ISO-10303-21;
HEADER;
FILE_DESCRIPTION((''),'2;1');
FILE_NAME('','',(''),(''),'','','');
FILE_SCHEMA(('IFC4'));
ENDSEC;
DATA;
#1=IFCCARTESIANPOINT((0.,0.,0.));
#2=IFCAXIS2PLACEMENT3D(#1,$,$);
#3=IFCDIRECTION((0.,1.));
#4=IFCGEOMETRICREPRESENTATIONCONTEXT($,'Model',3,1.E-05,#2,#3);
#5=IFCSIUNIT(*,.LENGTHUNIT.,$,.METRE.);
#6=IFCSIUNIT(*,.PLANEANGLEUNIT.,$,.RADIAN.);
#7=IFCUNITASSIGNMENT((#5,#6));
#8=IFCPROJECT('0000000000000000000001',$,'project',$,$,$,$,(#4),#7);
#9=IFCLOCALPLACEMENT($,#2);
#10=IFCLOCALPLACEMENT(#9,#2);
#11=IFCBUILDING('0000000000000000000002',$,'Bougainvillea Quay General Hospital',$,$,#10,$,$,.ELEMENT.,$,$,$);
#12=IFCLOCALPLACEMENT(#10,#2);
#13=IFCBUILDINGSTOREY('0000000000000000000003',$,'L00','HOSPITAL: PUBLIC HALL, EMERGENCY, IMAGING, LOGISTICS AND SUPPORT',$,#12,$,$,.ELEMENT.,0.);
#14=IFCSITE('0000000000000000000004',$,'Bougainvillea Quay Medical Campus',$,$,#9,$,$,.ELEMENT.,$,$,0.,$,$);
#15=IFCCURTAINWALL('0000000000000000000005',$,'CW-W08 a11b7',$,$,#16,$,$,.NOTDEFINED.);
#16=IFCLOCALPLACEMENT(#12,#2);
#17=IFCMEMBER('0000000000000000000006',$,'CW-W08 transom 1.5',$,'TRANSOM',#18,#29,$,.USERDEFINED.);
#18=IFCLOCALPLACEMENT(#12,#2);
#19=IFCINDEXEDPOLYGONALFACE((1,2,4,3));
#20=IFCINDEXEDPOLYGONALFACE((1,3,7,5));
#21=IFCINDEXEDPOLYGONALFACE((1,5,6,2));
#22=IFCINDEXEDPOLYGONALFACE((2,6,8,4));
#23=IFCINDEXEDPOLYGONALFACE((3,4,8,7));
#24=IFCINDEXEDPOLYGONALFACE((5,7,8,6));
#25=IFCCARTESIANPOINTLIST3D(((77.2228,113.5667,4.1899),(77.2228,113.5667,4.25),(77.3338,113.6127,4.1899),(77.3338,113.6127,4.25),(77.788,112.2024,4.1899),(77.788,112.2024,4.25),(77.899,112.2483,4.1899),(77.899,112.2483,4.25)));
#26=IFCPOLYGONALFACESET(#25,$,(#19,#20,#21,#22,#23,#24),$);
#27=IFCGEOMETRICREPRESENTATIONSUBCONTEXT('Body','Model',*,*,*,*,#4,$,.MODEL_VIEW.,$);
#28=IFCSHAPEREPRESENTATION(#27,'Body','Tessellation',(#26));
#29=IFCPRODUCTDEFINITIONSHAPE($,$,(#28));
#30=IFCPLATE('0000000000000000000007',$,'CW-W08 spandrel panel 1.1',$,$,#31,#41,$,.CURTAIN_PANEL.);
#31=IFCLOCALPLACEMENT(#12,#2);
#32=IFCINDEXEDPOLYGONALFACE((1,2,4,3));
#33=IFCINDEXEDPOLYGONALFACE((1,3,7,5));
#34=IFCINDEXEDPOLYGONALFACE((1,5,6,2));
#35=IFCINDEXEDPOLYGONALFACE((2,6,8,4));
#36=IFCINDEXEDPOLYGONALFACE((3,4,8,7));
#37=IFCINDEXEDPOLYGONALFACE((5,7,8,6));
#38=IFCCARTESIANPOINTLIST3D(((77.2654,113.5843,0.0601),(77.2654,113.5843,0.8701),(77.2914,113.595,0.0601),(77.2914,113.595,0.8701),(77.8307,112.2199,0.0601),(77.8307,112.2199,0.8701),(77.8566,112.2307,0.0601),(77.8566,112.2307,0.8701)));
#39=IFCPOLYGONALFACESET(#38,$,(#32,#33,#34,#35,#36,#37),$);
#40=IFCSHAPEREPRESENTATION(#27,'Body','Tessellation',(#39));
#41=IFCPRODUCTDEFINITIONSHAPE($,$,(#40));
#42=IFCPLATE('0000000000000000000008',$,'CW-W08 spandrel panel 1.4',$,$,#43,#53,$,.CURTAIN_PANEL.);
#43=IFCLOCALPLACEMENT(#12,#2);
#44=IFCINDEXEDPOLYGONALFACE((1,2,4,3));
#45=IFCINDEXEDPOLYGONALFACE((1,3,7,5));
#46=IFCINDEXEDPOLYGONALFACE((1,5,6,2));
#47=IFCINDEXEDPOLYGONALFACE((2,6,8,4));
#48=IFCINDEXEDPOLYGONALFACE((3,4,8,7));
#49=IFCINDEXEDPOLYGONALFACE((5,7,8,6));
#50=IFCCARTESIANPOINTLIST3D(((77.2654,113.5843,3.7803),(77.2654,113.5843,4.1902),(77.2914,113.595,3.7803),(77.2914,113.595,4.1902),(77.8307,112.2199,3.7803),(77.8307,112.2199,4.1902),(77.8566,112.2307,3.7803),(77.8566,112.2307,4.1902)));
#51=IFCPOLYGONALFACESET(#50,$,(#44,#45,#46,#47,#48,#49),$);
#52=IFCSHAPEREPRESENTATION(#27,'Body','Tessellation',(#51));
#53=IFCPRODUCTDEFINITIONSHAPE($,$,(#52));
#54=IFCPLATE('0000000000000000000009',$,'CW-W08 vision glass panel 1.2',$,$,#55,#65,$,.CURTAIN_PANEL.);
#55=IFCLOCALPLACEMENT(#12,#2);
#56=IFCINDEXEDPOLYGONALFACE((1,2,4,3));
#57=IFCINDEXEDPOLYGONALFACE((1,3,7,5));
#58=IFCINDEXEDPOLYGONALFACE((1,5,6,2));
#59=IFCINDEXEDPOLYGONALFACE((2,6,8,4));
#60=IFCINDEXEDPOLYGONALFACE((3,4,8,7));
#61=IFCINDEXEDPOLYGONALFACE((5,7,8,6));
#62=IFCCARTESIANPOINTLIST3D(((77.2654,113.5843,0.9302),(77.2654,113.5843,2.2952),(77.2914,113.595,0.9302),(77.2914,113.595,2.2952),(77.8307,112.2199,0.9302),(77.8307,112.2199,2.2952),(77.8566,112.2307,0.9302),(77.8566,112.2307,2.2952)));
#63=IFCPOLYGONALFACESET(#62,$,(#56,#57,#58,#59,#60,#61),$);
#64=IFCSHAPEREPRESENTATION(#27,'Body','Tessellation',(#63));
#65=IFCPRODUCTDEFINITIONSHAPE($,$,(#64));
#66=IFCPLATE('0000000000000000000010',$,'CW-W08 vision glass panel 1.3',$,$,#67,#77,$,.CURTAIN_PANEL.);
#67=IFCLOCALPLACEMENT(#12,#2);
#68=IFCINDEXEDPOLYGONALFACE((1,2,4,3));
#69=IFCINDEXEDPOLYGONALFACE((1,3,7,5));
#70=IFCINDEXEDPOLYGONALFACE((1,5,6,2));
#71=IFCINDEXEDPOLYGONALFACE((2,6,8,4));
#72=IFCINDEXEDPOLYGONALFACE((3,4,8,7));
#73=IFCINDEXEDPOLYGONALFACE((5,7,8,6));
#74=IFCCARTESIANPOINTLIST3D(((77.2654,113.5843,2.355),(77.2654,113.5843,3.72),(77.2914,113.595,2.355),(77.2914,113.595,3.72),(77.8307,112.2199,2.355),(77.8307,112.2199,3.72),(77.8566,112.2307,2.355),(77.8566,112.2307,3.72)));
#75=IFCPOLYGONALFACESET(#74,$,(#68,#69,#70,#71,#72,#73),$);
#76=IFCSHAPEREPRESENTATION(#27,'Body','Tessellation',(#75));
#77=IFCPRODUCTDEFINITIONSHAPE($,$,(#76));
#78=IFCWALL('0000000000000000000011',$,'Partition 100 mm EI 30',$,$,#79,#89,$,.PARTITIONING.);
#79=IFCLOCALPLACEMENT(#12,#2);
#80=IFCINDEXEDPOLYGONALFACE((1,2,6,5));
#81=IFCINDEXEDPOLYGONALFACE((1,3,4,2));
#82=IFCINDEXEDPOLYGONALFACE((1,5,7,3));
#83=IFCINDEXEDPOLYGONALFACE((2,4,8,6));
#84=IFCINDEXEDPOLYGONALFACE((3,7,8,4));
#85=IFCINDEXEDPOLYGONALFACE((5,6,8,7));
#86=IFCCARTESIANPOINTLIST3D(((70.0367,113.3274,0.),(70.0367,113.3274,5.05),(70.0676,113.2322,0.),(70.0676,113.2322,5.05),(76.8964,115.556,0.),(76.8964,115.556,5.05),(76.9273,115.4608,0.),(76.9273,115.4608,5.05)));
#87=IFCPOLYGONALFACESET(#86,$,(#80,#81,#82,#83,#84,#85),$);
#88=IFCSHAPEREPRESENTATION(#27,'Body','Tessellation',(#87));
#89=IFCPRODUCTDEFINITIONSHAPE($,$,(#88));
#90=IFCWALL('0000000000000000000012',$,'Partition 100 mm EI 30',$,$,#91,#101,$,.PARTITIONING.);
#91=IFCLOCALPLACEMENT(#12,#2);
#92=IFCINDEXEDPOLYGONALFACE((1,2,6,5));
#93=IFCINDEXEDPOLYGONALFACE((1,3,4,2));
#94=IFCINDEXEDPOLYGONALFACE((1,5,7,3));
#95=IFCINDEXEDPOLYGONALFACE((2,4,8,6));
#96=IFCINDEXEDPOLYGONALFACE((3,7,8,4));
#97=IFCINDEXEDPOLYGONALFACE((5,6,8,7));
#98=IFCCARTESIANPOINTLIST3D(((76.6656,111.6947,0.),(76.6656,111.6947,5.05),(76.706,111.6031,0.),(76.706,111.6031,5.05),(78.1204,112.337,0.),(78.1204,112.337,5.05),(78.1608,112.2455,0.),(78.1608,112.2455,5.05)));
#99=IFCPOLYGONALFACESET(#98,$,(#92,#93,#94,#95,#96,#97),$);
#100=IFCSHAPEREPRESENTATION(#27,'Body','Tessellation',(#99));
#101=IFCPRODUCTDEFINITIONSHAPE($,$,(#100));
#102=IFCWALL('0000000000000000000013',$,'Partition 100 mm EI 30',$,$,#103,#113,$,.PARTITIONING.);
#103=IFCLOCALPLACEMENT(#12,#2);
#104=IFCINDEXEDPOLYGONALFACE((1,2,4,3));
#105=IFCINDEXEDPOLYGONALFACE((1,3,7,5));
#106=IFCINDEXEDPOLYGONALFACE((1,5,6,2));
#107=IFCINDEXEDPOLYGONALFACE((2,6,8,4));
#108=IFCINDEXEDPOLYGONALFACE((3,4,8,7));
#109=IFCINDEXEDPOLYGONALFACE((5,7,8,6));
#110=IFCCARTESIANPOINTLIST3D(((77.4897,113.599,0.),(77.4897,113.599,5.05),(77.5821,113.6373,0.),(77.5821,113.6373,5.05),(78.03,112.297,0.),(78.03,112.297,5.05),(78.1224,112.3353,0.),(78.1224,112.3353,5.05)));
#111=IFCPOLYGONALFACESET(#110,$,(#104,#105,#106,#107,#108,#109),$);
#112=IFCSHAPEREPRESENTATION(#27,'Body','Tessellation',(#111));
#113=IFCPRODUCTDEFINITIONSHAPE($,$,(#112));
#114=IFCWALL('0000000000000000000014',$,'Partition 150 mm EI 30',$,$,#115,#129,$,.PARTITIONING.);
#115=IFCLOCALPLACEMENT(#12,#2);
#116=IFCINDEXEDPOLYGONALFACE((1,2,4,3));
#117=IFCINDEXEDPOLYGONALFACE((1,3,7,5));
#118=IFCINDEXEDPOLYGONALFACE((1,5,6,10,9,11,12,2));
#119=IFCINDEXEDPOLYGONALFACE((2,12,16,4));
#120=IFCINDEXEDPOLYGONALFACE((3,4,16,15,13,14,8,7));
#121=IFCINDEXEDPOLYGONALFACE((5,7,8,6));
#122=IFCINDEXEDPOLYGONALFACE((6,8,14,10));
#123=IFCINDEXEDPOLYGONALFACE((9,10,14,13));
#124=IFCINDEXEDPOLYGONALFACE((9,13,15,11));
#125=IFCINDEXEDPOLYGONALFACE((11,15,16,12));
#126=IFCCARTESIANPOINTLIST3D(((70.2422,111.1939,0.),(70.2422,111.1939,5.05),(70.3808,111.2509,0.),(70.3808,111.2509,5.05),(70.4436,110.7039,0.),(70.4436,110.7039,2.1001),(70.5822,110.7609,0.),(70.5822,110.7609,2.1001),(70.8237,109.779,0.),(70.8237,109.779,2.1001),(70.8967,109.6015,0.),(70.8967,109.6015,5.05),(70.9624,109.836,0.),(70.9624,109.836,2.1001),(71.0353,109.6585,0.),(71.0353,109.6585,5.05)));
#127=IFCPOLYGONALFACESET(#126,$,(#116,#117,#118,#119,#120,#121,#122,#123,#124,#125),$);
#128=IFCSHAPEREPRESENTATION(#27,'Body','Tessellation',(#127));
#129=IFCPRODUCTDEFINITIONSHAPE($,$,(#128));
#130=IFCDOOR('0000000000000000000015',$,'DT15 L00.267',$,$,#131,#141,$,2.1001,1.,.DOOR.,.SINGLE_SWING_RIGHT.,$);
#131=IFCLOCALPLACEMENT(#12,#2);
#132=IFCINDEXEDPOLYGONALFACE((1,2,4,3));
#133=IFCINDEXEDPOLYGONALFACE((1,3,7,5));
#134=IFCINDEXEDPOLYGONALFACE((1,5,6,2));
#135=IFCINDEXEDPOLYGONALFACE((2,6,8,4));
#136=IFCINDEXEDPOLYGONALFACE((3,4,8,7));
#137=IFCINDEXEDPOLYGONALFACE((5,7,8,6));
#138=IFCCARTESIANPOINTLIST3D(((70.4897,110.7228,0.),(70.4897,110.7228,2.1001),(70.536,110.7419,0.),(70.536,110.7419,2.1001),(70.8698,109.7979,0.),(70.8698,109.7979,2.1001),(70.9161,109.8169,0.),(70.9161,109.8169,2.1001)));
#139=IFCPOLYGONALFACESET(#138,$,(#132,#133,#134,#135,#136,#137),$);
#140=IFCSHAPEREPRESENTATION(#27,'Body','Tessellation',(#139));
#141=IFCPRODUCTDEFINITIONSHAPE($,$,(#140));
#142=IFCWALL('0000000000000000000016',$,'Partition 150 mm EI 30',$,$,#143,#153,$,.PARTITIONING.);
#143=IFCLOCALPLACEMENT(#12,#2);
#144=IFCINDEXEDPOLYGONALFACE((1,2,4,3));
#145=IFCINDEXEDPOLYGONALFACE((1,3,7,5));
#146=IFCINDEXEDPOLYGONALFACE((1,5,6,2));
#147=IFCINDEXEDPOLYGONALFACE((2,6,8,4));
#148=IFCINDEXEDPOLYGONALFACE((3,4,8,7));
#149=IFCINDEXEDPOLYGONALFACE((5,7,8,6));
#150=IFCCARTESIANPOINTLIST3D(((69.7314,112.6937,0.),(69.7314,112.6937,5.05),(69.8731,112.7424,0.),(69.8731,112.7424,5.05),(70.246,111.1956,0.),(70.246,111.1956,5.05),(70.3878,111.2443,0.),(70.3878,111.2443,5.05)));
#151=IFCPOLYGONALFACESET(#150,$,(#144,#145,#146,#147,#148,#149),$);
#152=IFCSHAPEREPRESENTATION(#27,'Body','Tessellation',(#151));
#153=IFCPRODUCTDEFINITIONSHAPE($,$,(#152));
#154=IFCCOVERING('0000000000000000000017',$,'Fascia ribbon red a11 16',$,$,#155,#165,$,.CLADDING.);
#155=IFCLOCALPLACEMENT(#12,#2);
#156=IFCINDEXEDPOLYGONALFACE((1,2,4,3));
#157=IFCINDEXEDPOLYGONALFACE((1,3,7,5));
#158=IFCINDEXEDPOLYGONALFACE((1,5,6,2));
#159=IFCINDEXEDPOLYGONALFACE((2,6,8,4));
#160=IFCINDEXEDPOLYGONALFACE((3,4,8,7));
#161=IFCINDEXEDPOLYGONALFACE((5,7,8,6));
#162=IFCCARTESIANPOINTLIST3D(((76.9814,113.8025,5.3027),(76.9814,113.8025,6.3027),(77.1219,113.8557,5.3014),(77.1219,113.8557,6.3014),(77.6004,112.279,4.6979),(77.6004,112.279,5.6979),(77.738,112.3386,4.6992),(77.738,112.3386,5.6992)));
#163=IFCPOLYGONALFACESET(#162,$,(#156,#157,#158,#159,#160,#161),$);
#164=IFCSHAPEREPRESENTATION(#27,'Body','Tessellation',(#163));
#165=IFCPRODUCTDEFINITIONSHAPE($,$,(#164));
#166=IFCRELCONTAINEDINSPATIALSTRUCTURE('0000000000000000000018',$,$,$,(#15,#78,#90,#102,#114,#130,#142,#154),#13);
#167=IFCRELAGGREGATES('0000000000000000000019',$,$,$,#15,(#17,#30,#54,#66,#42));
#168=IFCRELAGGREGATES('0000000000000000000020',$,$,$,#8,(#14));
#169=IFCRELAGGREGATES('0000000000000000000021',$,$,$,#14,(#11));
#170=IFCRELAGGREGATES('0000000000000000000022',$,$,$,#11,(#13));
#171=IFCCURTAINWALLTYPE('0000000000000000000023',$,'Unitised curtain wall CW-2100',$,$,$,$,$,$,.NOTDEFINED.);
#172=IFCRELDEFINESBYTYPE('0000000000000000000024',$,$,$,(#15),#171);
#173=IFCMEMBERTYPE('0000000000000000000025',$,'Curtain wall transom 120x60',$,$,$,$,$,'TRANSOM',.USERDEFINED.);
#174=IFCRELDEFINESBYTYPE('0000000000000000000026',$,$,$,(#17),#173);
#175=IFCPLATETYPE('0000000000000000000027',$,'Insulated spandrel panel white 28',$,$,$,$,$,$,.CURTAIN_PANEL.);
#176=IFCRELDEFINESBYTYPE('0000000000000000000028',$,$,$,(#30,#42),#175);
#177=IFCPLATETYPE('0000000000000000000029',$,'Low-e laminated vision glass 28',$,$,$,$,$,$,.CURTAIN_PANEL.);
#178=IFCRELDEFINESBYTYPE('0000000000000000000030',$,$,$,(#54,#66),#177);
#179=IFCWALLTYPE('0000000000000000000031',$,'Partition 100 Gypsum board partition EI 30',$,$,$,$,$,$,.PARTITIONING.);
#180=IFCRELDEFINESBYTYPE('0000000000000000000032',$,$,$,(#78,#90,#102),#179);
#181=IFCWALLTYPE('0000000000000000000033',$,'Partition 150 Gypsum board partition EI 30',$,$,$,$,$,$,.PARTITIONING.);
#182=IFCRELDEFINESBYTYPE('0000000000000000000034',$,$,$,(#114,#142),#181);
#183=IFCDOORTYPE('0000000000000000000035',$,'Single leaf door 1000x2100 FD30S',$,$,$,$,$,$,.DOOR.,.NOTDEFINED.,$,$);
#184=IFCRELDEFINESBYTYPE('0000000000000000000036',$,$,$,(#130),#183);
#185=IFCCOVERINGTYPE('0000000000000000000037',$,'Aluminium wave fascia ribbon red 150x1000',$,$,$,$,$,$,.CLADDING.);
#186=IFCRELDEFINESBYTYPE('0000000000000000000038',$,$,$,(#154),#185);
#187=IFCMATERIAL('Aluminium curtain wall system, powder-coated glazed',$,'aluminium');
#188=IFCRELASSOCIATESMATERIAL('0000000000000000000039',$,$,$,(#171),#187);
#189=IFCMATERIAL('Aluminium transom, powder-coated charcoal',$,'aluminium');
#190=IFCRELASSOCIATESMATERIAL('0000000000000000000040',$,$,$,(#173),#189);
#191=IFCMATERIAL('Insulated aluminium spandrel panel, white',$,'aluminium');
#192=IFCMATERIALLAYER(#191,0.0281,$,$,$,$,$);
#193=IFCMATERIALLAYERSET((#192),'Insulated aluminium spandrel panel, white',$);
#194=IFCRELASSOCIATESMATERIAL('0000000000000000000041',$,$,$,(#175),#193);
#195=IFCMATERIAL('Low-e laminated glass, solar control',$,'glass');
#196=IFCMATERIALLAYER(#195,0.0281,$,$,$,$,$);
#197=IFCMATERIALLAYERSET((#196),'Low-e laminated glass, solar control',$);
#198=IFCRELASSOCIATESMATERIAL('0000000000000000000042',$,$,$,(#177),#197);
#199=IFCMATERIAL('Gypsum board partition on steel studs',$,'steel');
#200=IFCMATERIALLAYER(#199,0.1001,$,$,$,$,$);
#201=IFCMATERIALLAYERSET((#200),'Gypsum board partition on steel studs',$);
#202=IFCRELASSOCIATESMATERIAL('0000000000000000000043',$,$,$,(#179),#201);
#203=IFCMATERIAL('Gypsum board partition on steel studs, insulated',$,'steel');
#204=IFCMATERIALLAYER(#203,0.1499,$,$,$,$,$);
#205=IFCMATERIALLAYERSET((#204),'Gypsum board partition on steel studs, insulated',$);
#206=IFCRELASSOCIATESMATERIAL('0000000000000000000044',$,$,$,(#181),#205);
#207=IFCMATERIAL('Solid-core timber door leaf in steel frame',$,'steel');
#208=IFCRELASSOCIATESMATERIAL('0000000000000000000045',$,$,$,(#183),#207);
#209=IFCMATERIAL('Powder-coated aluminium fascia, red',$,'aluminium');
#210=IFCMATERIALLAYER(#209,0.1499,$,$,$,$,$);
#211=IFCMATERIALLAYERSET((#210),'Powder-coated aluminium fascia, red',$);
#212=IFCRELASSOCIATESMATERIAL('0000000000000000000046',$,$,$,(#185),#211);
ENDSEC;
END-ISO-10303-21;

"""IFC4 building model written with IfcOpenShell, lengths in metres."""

from ifc_helpers import new_model, si_unit, direction, frame, frame_2d, origin, origin_2d, place, context, subcontext, project, spatial, polyline, rectangle, outline, extrude, material, layer, layer_set, material_profile, profile_set, type_object, element, fill, aggregate, save


model = new_model("IFC4")

# Units and contexts
model_context = context("Model", 3, precision=1e-05, world=origin(), true_north=direction((0.0, 1.0)))
body_context = subcontext(model_context, "Body", "Model", "MODEL_VIEW")
ifc_project = project(units=[si_unit("LENGTHUNIT", "METRE"), si_unit("PLANEANGLEUNIT", "RADIAN")], contexts=[model_context])

# Site, building, storey
site_placement = place(None, origin())
site = spatial("IfcSite", under=ifc_project, at=site_placement, Name="Bougainvillea Quay Medical Campus", CompositionType="ELEMENT", RefElevation=0.0)
building_placement = place(site_placement, origin())
building = spatial("IfcBuilding", under=site, at=building_placement, Name="Bougainvillea Quay General Hospital", CompositionType="ELEMENT")
storey_placement = place(building_placement, origin())
storey = spatial("IfcBuildingStorey", under=building, at=storey_placement, Name="L00", Description="HOSPITAL: PUBLIC HALL, EMERGENCY, IMAGING, LOGISTICS AND SUPPORT", CompositionType="ELEMENT", Elevation=0.0)

# Curtain wall, member, plates
ifc_material_1 = material(Name="Aluminium curtain wall system, powder-coated glazed", Category="aluminium")
curtain_wall_type = type_object("IfcCurtainWallType", Name="Unitised curtain wall CW-2100", PredefinedType="NOTDEFINED", material=ifc_material_1)
curtain_wall_placement = place(storey_placement, origin())
curtain_wall = element("IfcCurtainWall", 1, at=curtain_wall_placement, inside=storey, type_object=curtain_wall_type, Name="CW-W08 a11b7", PredefinedType="NOTDEFINED")
ifc_material_2 = material(Name="Aluminium transom, powder-coated charcoal", Category="aluminium")
ifc_material_profile_1 = material_profile(ifc_material_2, rectangle(XDim=0.1201, YDim=0.0601, at=origin_2d()))
ifc_profile_set_1 = profile_set([ifc_material_profile_1], Name="Aluminium transom, powder-coated charcoal")
member_type_1 = type_object("IfcMemberType", Name="Curtain wall transom 120x60", ElementType="TRANSOM", PredefinedType="USERDEFINED", material=ifc_profile_set_1)
member_1_placement = place(storey_placement, frame((77.8435, 112.2253, 4.22), z_axis=(-0.382736, 0.923858, 0.0), x_axis=(-0.923858, -0.382736, 0.0)))
member_1 = element("IfcMember", 2, at=member_1_placement, type_object=member_type_1, Name="CW-W08 transom 1.5", ObjectType="TRANSOM", PredefinedType="USERDEFINED", context=body_context, shape_type="SweptSolid", body=[
    extrude(rectangle(XDim=0.1201, YDim=0.0601, at=origin_2d()), origin(), (0.0, 0.0, 1.0), 1.4768),
])
ifc_material_3 = material(Name="Insulated aluminium spandrel panel, white", Category="aluminium")
ifc_layer_1 = layer(ifc_material_3, 0.0281)
ifc_layer_set_1 = layer_set([ifc_layer_1], Name="Insulated aluminium spandrel panel, white")
plate_type_1 = type_object("IfcPlateType", Name="Insulated spandrel panel white 28", PredefinedType="CURTAIN_PANEL", material=ifc_layer_set_1)
plate_1_placement = place(storey_placement, frame((77.561, 112.9075, 0.0601), z_axis=(0.0, 0.0, 1.0), x_axis=(-0.38277, 0.923843, 0.0)))
plate_1 = element("IfcPlate", 3, at=plate_1_placement, type_object=plate_type_1, Name="CW-W08 spandrel panel 1.1", PredefinedType="CURTAIN_PANEL", context=body_context, shape_type="SweptSolid", body=[
    extrude(rectangle(XDim=1.4768, YDim=0.0281, at=origin_2d()), origin(), (0.0, 0.0, 1.0), 0.8101),
])
plate_2_placement = place(storey_placement, frame((77.561, 112.9075, 3.7803), z_axis=(0.0, 0.0, 1.0), x_axis=(-0.38277, 0.923843, 0.0)))
plate_2 = element("IfcPlate", 4, at=plate_2_placement, type_object=plate_type_1, Name="CW-W08 spandrel panel 1.4", PredefinedType="CURTAIN_PANEL", context=body_context, shape_type="SweptSolid", body=[
    extrude(rectangle(XDim=1.4768, YDim=0.0281, at=origin_2d()), origin(), (0.0, 0.0, 1.0), 0.4099),
])
ifc_material_4 = material(Name="Low-e laminated glass, solar control", Category="glass")
ifc_layer_2 = layer(ifc_material_4, 0.0281)
ifc_layer_set_2 = layer_set([ifc_layer_2], Name="Low-e laminated glass, solar control")
plate_type_2 = type_object("IfcPlateType", Name="Low-e laminated vision glass 28", PredefinedType="CURTAIN_PANEL", material=ifc_layer_set_2)
plate_3_placement = place(storey_placement, frame((77.561, 112.9075, 0.9302), z_axis=(0.0, 0.0, 1.0), x_axis=(-0.38277, 0.923843, 0.0)))
plate_3 = element("IfcPlate", 5, at=plate_3_placement, type_object=plate_type_2, Name="CW-W08 vision glass panel 1.2", PredefinedType="CURTAIN_PANEL", context=body_context, shape_type="SweptSolid", body=[
    extrude(rectangle(XDim=1.4768, YDim=0.0281, at=origin_2d()), origin(), (0.0, 0.0, 1.0), 1.365),
])
plate_4_placement = place(storey_placement, frame((77.561, 112.9075, 2.355), z_axis=(0.0, 0.0, 1.0), x_axis=(-0.38277, 0.923843, 0.0)))
plate_4 = element("IfcPlate", 6, at=plate_4_placement, type_object=plate_type_2, Name="CW-W08 vision glass panel 1.3", PredefinedType="CURTAIN_PANEL", context=body_context, shape_type="SweptSolid", body=[
    extrude(rectangle(XDim=1.4768, YDim=0.0281, at=origin_2d()), origin(), (0.0, 0.0, 1.0), 1.365),
])
aggregate(curtain_wall, [member_1, plate_1, plate_3, plate_4, plate_2])

# Walls
ifc_material_5 = material(Name="Gypsum board partition on steel studs", Category="steel")
ifc_layer_3 = layer(ifc_material_5, 0.1001)
ifc_layer_set_3 = layer_set([ifc_layer_3], Name="Gypsum board partition on steel studs")
wall_type_1 = type_object("IfcWallType", Name="Partition 100 Gypsum board partition EI 30", PredefinedType="PARTITIONING", material=ifc_layer_set_3)
wall_1_placement = place(storey_placement, frame((70.052, 113.2798, 0.0), z_axis=(0.0, 0.0, 1.0), x_axis=(0.951069, 0.308978, 0.0)))
element("IfcWall", 7, at=wall_1_placement, inside=storey, type_object=wall_type_1, Name="Partition 100 mm EI 30", PredefinedType="PARTITIONING", context=body_context, shape_type="SweptSolid", body=[
    extrude(rectangle(XDim=7.2126, YDim=0.1001, at=frame_2d((3.6064, 0.0))), origin(), (0.0, 0.0, 1.0), 5.05),
])
wall_2_placement = place(storey_placement, frame((76.6858, 111.6489, 0.0), z_axis=(0.0, 0.0, 1.0), x_axis=(0.914803, 0.403901, 0.0)))
element("IfcWall", 8, at=wall_2_placement, inside=storey, type_object=wall_type_1, Name="Partition 100 mm EI 30", PredefinedType="PARTITIONING", context=body_context, shape_type="SweptSolid", body=[
    extrude(rectangle(XDim=1.5903, YDim=0.1001, at=frame_2d((0.7952, 0.0))), origin(), (0.0, 0.0, 1.0), 5.05),
])
wall_3_placement = place(storey_placement, frame((77.5359, 113.6182, 0.0), z_axis=(0.0, 0.0, 1.0), x_axis=(0.383275, -0.923634, 0.0)))
element("IfcWall", 9, at=wall_3_placement, inside=storey, type_object=wall_type_1, Name="Partition 100 mm EI 30", PredefinedType="PARTITIONING", context=body_context, shape_type="SweptSolid", body=[
    extrude(rectangle(XDim=1.4097, YDim=0.1001, at=frame_2d((0.7048, 0.0))), origin(), (0.0, 0.0, 1.0), 5.05),
])

# Wall, opening, door
ifc_material_6 = material(Name="Gypsum board partition on steel studs, insulated", Category="steel")
ifc_layer_4 = layer(ifc_material_6, 0.1499)
ifc_layer_set_4 = layer_set([ifc_layer_4], Name="Gypsum board partition on steel studs, insulated")
wall_type_2 = type_object("IfcWallType", Name="Partition 150 Gypsum board partition EI 30", PredefinedType="PARTITIONING", material=ifc_layer_set_4)
wall_4_placement = place(storey_placement, frame((70.3115, 111.2224, 0.0), z_axis=(0.0, 0.0, 1.0), x_axis=(0.380151, -0.924925, 0.0)))
wall_4 = element("IfcWall", 10, at=wall_4_placement, inside=storey, type_object=wall_type_2, Name="Partition 150 mm EI 30", PredefinedType="PARTITIONING", context=body_context, shape_type="SweptSolid", body=[
    extrude(rectangle(XDim=1.7217, YDim=0.1499, at=frame_2d((0.8608, 0.0))), origin(), (0.0, 0.0, 1.0), 5.05),
])
opening_placement = place(wall_4_placement, frame((0.5298, 0.0, 0.0)))
opening = element("IfcOpeningElement", 11, at=opening_placement, cuts=wall_4, PredefinedType="OPENING", context=body_context, shape_type="SweptSolid", body=[
    extrude(rectangle(XDim=1.0, YDim=2.1001, at=frame_2d((0.5, 1.05))), frame((0.0, 0.085, 0.0), z_axis=(0.0, -1.0, 0.0), x_axis=(1.0, 0.0, 0.0)), (0.0, 0.0, 1.0), 0.1699),
])
ifc_material_7 = material(Name="Solid-core timber door leaf in steel frame", Category="steel")
door_type = type_object("IfcDoorType", Name="Single leaf door 1000x2100 FD30S", OperationType="NOTDEFINED", PredefinedType="DOOR", material=ifc_material_7)
door_placement = place(opening_placement, origin())
door = element("IfcDoor", 12, at=door_placement, inside=storey, type_object=door_type, Name="DT15 L00.267", OperationType="SINGLE_SWING_RIGHT", OverallHeight=2.1001, OverallWidth=1.0, PredefinedType="DOOR", context=body_context, shape_type="SweptSolid", body=[
    extrude(rectangle(XDim=1.0, YDim=2.1001, at=frame_2d((0.5, 1.05))), frame((0.0, 0.0249, 0.0), z_axis=(0.0, -1.0, 0.0), x_axis=(1.0, 0.0, 0.0)), (0.0, 0.0, 1.0), 0.05),
])
fill(opening, door)

# Wall
wall_5_placement = place(storey_placement, frame((69.8022, 112.718, 0.0), z_axis=(0.0, 0.0, 1.0), x_axis=(0.324907, -0.945746, 0.0)))
element("IfcWall", 13, at=wall_5_placement, inside=storey, type_object=wall_type_2, Name="Partition 150 mm EI 30", PredefinedType="PARTITIONING", context=body_context, shape_type="SweptSolid", body=[
    extrude(rectangle(XDim=1.584, YDim=0.1499, at=frame_2d((0.792, 0.0))), origin(), (0.0, 0.0, 1.0), 5.05),
])

# Covering
ifc_material_8 = material(Name="Powder-coated aluminium fascia, red", Category="aluminium")
ifc_layer_5 = layer(ifc_material_8, 0.1499)
ifc_layer_set_5 = layer_set([ifc_layer_5], Name="Powder-coated aluminium fascia, red")
covering_type = type_object("IfcCoveringType", Name="Aluminium wave fascia ribbon red 150x1000", PredefinedType="CLADDING", material=ifc_layer_set_5)
covering_placement = place(storey_placement, frame((77.738, 112.3386, 4.6992), z_axis=(0.129747, -0.319875, 0.938534), x_axis=(-0.35319, 0.869542, 0.345187)))
element("IfcCovering", 14, at=covering_placement, inside=storey, type_object=covering_type, Name="Fascia ribbon red a11 16", PredefinedType="CLADDING", context=body_context, shape_type="SweptSolid", body=[
    extrude(outline(polyline([(0.0, 0.0), (1.7446, 0.0), (1.7484, 0.1501), (-0.0037, 0.15), (0.0, 0.0)])), origin(), (0.345187, -0.000156, 0.938534), 1.0),
])

save(model, "model.ifc")
